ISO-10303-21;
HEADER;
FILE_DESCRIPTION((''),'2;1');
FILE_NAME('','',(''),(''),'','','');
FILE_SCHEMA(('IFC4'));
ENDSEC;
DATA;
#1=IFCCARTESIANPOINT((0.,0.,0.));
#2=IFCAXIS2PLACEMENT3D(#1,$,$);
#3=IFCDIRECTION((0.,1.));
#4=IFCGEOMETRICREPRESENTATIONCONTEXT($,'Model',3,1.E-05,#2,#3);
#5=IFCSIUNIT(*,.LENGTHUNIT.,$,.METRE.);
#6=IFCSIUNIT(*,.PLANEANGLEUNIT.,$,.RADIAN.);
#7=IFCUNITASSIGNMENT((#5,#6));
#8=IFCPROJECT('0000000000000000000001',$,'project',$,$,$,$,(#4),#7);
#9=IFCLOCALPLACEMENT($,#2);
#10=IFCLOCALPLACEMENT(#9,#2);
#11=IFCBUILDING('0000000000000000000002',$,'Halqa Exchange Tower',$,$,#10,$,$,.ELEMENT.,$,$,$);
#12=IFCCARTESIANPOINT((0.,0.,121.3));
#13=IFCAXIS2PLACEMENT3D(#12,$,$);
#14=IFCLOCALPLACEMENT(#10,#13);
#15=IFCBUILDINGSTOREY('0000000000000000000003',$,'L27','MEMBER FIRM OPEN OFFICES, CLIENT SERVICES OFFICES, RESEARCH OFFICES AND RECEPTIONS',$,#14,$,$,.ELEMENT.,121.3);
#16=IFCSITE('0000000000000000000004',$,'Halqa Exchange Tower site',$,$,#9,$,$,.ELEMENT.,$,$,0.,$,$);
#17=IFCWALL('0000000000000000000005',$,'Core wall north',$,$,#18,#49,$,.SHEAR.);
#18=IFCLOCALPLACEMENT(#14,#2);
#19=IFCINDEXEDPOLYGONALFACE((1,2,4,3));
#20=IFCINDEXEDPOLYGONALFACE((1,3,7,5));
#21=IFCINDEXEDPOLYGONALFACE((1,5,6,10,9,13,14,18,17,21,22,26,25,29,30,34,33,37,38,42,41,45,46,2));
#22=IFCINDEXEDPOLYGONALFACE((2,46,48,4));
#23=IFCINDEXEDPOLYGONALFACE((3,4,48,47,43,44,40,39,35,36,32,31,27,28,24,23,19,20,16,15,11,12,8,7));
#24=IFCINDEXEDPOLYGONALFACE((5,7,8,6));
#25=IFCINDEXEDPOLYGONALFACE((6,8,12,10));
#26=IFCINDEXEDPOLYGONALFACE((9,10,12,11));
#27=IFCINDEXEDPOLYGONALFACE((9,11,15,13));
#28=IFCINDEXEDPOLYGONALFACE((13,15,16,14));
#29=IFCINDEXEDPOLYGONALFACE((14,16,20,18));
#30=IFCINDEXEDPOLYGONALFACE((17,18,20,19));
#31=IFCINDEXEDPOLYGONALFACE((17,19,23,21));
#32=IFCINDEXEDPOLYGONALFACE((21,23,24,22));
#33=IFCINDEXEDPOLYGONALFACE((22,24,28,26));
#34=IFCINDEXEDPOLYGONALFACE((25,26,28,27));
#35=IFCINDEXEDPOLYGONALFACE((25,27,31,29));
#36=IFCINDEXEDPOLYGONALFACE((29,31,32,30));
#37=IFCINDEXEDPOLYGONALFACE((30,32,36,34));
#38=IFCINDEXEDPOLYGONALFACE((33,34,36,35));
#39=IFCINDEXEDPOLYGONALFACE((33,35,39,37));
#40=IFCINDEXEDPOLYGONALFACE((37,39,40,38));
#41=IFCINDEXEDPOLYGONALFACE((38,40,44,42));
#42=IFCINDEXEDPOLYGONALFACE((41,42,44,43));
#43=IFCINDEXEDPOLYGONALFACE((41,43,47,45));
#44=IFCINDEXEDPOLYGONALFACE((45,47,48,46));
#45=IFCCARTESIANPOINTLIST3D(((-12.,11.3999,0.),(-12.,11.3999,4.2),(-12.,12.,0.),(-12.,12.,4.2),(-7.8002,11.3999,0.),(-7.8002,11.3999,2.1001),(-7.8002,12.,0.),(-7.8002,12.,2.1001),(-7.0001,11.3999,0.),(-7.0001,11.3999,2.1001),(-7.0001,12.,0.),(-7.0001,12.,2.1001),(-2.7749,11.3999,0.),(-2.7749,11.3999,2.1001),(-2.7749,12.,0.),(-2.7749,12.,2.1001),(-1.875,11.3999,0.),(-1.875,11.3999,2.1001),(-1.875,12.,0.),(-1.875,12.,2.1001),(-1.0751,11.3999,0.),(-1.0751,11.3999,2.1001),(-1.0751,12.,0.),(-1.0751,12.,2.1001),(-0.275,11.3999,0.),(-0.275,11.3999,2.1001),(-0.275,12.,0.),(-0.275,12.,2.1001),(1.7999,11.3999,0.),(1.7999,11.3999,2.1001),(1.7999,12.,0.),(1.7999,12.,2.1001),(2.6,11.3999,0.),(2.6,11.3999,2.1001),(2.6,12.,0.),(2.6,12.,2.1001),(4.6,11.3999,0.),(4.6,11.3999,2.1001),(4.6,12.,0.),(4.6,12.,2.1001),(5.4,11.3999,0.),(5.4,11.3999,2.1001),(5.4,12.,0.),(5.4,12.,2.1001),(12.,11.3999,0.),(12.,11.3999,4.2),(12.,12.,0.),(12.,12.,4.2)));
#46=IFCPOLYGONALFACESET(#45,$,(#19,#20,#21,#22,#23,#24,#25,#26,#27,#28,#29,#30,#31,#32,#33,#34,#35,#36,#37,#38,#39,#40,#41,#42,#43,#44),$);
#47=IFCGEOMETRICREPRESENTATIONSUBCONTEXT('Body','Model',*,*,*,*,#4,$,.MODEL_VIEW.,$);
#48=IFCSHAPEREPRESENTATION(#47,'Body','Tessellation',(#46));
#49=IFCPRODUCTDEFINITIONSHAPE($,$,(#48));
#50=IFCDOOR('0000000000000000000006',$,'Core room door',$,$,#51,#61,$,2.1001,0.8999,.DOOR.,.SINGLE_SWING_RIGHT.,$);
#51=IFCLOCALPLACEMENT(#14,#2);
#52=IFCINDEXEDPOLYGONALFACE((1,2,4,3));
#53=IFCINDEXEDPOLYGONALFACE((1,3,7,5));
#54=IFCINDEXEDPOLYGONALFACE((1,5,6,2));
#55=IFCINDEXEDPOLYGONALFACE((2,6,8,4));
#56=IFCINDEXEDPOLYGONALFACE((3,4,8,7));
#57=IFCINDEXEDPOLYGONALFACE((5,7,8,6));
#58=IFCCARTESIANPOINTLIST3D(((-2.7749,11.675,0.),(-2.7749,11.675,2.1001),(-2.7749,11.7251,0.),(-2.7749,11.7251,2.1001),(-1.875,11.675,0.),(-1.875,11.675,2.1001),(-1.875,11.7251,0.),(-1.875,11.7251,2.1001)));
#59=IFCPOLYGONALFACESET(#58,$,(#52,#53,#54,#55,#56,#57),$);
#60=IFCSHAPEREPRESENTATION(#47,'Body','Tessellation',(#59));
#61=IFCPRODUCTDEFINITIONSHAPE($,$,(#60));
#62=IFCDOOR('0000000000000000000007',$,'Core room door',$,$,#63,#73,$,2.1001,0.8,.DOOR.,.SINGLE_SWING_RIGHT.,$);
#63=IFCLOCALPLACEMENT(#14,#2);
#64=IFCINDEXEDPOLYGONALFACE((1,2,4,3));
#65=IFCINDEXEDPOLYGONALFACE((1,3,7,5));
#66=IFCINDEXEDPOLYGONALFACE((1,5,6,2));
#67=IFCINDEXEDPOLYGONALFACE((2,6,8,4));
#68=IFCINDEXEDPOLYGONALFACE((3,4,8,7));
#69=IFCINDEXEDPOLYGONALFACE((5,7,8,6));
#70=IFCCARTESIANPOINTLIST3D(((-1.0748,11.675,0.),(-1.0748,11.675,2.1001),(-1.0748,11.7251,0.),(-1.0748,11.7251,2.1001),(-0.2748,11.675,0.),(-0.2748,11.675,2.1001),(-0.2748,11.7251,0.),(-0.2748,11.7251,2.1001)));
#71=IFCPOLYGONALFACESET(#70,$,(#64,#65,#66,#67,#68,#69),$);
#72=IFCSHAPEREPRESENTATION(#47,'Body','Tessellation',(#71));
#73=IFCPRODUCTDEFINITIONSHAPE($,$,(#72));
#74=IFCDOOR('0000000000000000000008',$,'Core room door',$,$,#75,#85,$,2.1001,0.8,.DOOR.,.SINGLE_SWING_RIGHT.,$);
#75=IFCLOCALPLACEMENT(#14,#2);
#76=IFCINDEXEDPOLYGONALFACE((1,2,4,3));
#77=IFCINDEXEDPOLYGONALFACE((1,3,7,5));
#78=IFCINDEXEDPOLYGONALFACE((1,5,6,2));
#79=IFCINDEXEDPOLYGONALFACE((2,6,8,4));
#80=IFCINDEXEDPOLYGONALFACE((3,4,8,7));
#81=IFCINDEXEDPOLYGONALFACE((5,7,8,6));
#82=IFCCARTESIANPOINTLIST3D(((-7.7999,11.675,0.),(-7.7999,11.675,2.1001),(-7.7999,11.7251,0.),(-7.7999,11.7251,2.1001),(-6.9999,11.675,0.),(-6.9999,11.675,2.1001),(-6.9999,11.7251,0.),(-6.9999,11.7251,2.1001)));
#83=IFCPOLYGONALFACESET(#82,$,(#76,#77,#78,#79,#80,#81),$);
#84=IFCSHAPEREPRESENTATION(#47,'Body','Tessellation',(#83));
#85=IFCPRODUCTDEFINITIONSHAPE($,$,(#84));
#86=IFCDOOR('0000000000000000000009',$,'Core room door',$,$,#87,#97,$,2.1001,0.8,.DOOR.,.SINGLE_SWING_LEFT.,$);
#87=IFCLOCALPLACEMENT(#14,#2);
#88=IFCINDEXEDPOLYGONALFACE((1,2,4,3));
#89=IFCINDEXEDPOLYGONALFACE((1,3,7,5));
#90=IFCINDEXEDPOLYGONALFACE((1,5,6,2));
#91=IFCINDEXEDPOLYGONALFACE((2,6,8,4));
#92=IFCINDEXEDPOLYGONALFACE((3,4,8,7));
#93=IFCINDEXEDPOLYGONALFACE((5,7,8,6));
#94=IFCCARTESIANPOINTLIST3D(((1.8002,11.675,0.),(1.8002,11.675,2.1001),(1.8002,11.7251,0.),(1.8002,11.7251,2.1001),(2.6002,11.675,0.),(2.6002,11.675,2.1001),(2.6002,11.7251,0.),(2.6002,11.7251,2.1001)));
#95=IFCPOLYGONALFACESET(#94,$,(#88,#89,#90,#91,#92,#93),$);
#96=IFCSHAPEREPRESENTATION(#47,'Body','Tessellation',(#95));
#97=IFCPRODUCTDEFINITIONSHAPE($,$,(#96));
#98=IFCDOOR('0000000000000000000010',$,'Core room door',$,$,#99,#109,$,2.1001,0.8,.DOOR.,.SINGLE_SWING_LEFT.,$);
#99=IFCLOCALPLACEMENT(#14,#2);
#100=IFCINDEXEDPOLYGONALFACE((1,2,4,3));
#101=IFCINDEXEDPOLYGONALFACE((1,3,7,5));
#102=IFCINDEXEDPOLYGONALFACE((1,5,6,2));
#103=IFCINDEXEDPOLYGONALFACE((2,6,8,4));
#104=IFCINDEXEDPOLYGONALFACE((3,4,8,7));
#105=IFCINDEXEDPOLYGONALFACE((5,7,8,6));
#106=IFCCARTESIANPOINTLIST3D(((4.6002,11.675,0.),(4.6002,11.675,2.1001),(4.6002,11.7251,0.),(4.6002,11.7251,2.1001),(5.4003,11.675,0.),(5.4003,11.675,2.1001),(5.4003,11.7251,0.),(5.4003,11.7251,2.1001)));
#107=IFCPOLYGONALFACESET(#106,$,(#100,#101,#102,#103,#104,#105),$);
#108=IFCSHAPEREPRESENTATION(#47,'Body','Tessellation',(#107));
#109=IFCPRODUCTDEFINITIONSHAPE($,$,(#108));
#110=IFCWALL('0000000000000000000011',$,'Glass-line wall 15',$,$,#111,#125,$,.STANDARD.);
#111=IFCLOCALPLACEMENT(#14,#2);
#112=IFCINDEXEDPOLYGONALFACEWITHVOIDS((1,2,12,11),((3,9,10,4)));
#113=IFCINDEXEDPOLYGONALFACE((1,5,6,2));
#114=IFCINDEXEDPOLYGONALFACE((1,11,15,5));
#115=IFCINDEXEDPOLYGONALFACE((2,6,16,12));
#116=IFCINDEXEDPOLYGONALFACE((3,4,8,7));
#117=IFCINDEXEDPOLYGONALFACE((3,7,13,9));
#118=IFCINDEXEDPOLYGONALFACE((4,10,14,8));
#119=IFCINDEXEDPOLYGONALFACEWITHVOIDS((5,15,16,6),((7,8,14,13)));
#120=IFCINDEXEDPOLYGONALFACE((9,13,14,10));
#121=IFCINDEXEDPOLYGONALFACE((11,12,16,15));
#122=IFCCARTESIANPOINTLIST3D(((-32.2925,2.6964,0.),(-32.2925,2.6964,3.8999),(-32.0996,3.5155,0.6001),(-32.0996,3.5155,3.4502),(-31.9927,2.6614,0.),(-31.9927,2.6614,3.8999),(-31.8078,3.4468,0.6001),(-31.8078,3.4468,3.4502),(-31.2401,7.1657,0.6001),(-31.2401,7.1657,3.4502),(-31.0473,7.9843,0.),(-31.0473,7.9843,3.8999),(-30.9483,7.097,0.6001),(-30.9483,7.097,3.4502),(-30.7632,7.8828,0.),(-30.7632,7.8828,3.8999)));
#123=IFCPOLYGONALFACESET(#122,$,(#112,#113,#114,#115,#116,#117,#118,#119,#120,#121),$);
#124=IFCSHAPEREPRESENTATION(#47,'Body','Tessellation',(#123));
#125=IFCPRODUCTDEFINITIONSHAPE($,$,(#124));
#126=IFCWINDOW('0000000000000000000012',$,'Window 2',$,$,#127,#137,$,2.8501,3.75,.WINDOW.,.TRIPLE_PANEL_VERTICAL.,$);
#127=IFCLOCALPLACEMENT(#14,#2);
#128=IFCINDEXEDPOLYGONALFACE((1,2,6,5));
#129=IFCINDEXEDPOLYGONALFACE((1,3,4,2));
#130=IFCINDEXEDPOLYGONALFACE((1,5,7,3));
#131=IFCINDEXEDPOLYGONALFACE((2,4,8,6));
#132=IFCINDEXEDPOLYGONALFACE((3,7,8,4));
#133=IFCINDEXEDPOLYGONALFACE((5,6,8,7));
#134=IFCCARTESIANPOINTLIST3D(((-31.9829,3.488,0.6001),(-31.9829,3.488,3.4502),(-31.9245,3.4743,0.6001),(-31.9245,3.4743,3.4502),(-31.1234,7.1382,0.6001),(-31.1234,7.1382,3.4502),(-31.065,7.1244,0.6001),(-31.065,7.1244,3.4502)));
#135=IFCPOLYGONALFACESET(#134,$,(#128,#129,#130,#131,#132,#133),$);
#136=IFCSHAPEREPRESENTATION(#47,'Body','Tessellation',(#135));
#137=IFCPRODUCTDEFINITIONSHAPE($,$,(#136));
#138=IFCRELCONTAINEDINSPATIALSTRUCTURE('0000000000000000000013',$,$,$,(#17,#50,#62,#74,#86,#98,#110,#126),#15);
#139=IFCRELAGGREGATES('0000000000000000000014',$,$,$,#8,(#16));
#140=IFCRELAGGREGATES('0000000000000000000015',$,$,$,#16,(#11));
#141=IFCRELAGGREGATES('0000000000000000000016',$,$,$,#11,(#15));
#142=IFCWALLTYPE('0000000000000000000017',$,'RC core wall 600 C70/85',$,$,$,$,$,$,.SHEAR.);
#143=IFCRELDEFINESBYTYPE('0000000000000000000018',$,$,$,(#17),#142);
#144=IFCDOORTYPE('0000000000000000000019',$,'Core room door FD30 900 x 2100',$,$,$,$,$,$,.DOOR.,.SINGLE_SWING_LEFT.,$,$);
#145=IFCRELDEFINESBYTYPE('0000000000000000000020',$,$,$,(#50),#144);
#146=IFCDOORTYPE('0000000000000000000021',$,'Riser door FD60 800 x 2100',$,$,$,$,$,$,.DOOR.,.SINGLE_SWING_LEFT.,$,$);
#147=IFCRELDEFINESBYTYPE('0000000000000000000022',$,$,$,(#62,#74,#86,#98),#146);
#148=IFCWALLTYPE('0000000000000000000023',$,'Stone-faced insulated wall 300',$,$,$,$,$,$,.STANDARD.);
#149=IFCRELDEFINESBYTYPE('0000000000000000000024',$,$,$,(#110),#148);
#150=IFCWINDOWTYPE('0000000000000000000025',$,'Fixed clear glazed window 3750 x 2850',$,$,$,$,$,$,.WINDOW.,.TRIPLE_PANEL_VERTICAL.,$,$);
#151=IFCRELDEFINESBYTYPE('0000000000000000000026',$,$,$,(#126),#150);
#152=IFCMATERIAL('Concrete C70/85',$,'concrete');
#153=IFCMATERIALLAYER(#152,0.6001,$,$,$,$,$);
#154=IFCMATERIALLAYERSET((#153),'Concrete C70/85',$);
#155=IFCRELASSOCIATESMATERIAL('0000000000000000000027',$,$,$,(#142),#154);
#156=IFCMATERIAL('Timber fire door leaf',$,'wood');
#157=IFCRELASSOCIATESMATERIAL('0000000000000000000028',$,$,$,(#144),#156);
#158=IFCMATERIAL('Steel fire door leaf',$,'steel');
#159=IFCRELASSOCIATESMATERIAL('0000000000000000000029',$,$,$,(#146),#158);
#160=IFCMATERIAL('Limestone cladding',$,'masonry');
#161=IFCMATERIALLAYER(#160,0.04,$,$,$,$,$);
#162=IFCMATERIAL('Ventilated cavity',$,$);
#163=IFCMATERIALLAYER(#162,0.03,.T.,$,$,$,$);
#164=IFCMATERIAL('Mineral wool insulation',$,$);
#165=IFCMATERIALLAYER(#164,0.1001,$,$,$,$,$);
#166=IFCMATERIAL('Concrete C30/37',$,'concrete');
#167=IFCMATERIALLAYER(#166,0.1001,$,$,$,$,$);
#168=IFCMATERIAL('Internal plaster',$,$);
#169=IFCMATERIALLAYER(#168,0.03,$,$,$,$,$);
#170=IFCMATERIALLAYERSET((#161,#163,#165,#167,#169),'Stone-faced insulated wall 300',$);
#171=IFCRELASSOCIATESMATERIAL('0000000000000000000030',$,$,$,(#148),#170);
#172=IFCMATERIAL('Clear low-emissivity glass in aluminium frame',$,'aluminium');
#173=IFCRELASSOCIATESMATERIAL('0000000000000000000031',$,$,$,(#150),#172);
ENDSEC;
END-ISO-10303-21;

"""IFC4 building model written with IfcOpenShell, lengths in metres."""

from ifc_helpers import new_model, si_unit, direction, frame, frame_2d, origin, place, context, subcontext, project, spatial, polyline, rectangle, outline, extrude, material, layer, layer_set, type_object, element, fill, save


model = new_model("IFC4")

# Units and contexts
model_context = context("Model", 3, precision=1e-05, world=origin(), true_north=direction((0.0, 1.0)))
body_context = subcontext(model_context, "Body", "Model", "MODEL_VIEW")
ifc_project = project(units=[si_unit("LENGTHUNIT", "METRE"), si_unit("PLANEANGLEUNIT", "RADIAN")], contexts=[model_context])

# Site, building, storey
site_placement = place(None, origin())
site = spatial("IfcSite", under=ifc_project, at=site_placement, Name="Halqa Exchange Tower site", CompositionType="ELEMENT", RefElevation=0.0)
building_placement = place(site_placement, origin())
building = spatial("IfcBuilding", under=site, at=building_placement, Name="Halqa Exchange Tower", CompositionType="ELEMENT")
storey_placement = place(building_placement, frame((0.0, 0.0, 121.3)))
storey = spatial("IfcBuildingStorey", under=building, at=storey_placement, Name="L27", Description="MEMBER FIRM OPEN OFFICES, CLIENT SERVICES OFFICES, RESEARCH OFFICES AND RECEPTIONS", CompositionType="ELEMENT", Elevation=121.3)

# Shared definitions
ifc_material_1 = material(Name="Concrete C70/85", Category="concrete")

# Wall, openings, doors
ifc_layer_1 = layer(ifc_material_1, 0.6001)
ifc_layer_set_1 = layer_set([ifc_layer_1], Name="Concrete C70/85")
wall_type_1 = type_object("IfcWallType", Name="RC core wall 600 C70/85", PredefinedType="SHEAR", material=ifc_layer_set_1)
wall_1_placement = place(storey_placement, frame((-12.0, 11.7, 0.0), z_axis=(0.0, 0.0, 1.0), x_axis=(1.0, 0.0, 0.0)))
wall_1 = element("IfcWall", 1, at=wall_1_placement, inside=storey, type_object=wall_type_1, Name="Core wall north", PredefinedType="SHEAR", context=body_context, shape_type="SweptSolid", body=[
    extrude(rectangle(XDim=24.0, YDim=0.6001, at=frame_2d((12.0, 0.0))), origin(), (0.0, 0.0, 1.0), 4.2),
])
opening_1_placement = place(wall_1_placement, frame((9.2251, 0.0, 0.0)))
opening_1 = element("IfcOpeningElement", 2, at=opening_1_placement, cuts=wall_1, PredefinedType="OPENING", context=body_context, shape_type="SweptSolid", body=[
    extrude(rectangle(XDim=0.8999, YDim=2.1001, at=frame_2d((0.45, 1.05))), frame((0.0, 0.312, 0.0), z_axis=(0.0, -1.0, 0.0), x_axis=(1.0, 0.0, 0.0)), (0.0, 0.0, 1.0), 0.624),
])
opening_2_placement = place(wall_1_placement, frame((10.925, 0.0, 0.0)))
opening_2 = element("IfcOpeningElement", 3, at=opening_2_placement, cuts=wall_1, PredefinedType="OPENING", context=body_context, shape_type="SweptSolid", body=[
    extrude(rectangle(XDim=0.8, YDim=2.1001, at=frame_2d((0.3999, 1.05))), frame((0.0, 0.312, 0.0), z_axis=(0.0, -1.0, 0.0), x_axis=(1.0, 0.0, 0.0)), (0.0, 0.0, 1.0), 0.624),
])
opening_3_placement = place(wall_1_placement, frame((4.2, 0.0, 0.0)))
opening_3 = element("IfcOpeningElement", 4, at=opening_3_placement, cuts=wall_1, PredefinedType="OPENING", context=body_context, shape_type="SweptSolid", body=[
    extrude(rectangle(XDim=0.8, YDim=2.1001, at=frame_2d((0.3999, 1.05))), frame((0.0, 0.312, 0.0), z_axis=(0.0, -1.0, 0.0), x_axis=(1.0, 0.0, 0.0)), (0.0, 0.0, 1.0), 0.624),
])
opening_4_placement = place(wall_1_placement, frame((13.8, 0.0, 0.0)))
opening_4 = element("IfcOpeningElement", 5, at=opening_4_placement, cuts=wall_1, PredefinedType="OPENING", context=body_context, shape_type="SweptSolid", body=[
    extrude(rectangle(XDim=0.8, YDim=2.1001, at=frame_2d((0.3999, 1.05))), frame((0.0, 0.312, 0.0), z_axis=(0.0, -1.0, 0.0), x_axis=(1.0, 0.0, 0.0)), (0.0, 0.0, 1.0), 0.624),
])
opening_5_placement = place(wall_1_placement, frame((16.6001, 0.0, 0.0)))
opening_5 = element("IfcOpeningElement", 6, at=opening_5_placement, cuts=wall_1, PredefinedType="OPENING", context=body_context, shape_type="SweptSolid", body=[
    extrude(rectangle(XDim=0.8, YDim=2.1001, at=frame_2d((0.3999, 1.05))), frame((0.0, 0.312, 0.0), z_axis=(0.0, -1.0, 0.0), x_axis=(1.0, 0.0, 0.0)), (0.0, 0.0, 1.0), 0.624),
])
ifc_material_2 = material(Name="Timber fire door leaf", Category="wood")
door_type_1 = type_object("IfcDoorType", Name="Core room door FD30 900 x 2100", OperationType="SINGLE_SWING_LEFT", PredefinedType="DOOR", material=ifc_material_2)
door_1_placement = place(opening_1_placement, frame((0.8999, 0.0, 0.0), z_axis=(0.0, 0.0, 1.0), x_axis=(-1.0, 0.0, 0.0)))
door_1 = element("IfcDoor", 7, at=door_1_placement, inside=storey, type_object=door_type_1, Name="Core room door", OperationType="SINGLE_SWING_RIGHT", OverallHeight=2.1001, OverallWidth=0.8999, PredefinedType="DOOR", context=body_context, shape_type="SweptSolid", body=[
    extrude(rectangle(XDim=0.8999, YDim=2.1001, at=frame_2d((0.45, 1.05))), frame((0.0, 0.0249, 0.0), z_axis=(0.0, -1.0, 0.0), x_axis=(1.0, 0.0, 0.0)), (0.0, 0.0, 1.0), 0.05),
])
fill(opening_1, door_1)
ifc_material_3 = material(Name="Steel fire door leaf", Category="steel")
door_type_2 = type_object("IfcDoorType", Name="Riser door FD60 800 x 2100", OperationType="SINGLE_SWING_LEFT", PredefinedType="DOOR", material=ifc_material_3)
door_2_placement = place(opening_2_placement, frame((0.8, 0.0, 0.0), z_axis=(0.0, 0.0, 1.0), x_axis=(-1.0, 0.0, 0.0)))
door_2 = element("IfcDoor", 8, at=door_2_placement, inside=storey, type_object=door_type_2, Name="Core room door", OperationType="SINGLE_SWING_RIGHT", OverallHeight=2.1001, OverallWidth=0.8, PredefinedType="DOOR", context=body_context, shape_type="SweptSolid", body=[
    extrude(rectangle(XDim=0.8, YDim=2.1001, at=frame_2d((0.3999, 1.05))), frame((0.0, 0.0249, 0.0), z_axis=(0.0, -1.0, 0.0), x_axis=(1.0, 0.0, 0.0)), (0.0, 0.0, 1.0), 0.05),
])
fill(opening_2, door_2)
door_3_placement = place(opening_3_placement, frame((0.8, 0.0, 0.0), z_axis=(0.0, 0.0, 1.0), x_axis=(-1.0, 0.0, 0.0)))
door_3 = element("IfcDoor", 9, at=door_3_placement, inside=storey, type_object=door_type_2, Name="Core room door", OperationType="SINGLE_SWING_RIGHT", OverallHeight=2.1001, OverallWidth=0.8, PredefinedType="DOOR", context=body_context, shape_type="SweptSolid", body=[
    extrude(rectangle(XDim=0.8, YDim=2.1001, at=frame_2d((0.3999, 1.05))), frame((0.0, 0.0249, 0.0), z_axis=(0.0, -1.0, 0.0), x_axis=(1.0, 0.0, 0.0)), (0.0, 0.0, 1.0), 0.05),
])
fill(opening_3, door_3)
door_4_placement = place(opening_4_placement, frame((0.8, 0.0, 0.0), z_axis=(0.0, 0.0, 1.0), x_axis=(-1.0, 0.0, 0.0)))
door_4 = element("IfcDoor", 10, at=door_4_placement, inside=storey, type_object=door_type_2, Name="Core room door", OperationType="SINGLE_SWING_LEFT", OverallHeight=2.1001, OverallWidth=0.8, PredefinedType="DOOR", context=body_context, shape_type="SweptSolid", body=[
    extrude(rectangle(XDim=0.8, YDim=2.1001, at=frame_2d((0.3999, 1.05))), frame((0.0, 0.0249, 0.0), z_axis=(0.0, -1.0, 0.0), x_axis=(1.0, 0.0, 0.0)), (0.0, 0.0, 1.0), 0.05),
])
fill(opening_4, door_4)
door_5_placement = place(opening_5_placement, frame((0.8, 0.0, 0.0), z_axis=(0.0, 0.0, 1.0), x_axis=(-1.0, 0.0, 0.0)))
door_5 = element("IfcDoor", 11, at=door_5_placement, inside=storey, type_object=door_type_2, Name="Core room door", OperationType="SINGLE_SWING_LEFT", OverallHeight=2.1001, OverallWidth=0.8, PredefinedType="DOOR", context=body_context, shape_type="SweptSolid", body=[
    extrude(rectangle(XDim=0.8, YDim=2.1001, at=frame_2d((0.3999, 1.05))), frame((0.0, 0.0249, 0.0), z_axis=(0.0, -1.0, 0.0), x_axis=(1.0, 0.0, 0.0)), (0.0, 0.0, 1.0), 0.05),
])
fill(opening_5, door_5)

# Wall, opening, window
ifc_material_4 = material(Name="Limestone cladding", Category="masonry")
ifc_layer_2 = layer(ifc_material_4, 0.04)
ifc_material_5 = material(Name="Ventilated cavity")
ifc_layer_3 = layer(ifc_material_5, 0.03, ventilated=True)
ifc_material_6 = material(Name="Mineral wool insulation")
ifc_layer_4 = layer(ifc_material_6, 0.1001)
ifc_material_7 = material(Name="Concrete C30/37", Category="concrete")
ifc_layer_5 = layer(ifc_material_7, 0.1001)
ifc_material_8 = material(Name="Internal plaster")
ifc_layer_6 = layer(ifc_material_8, 0.03)
ifc_layer_set_2 = layer_set([ifc_layer_2, ifc_layer_3, ifc_layer_4, ifc_layer_5, ifc_layer_6], Name="Stone-faced insulated wall 300")
wall_type_2 = type_object("IfcWallType", Name="Stone-faced insulated wall 300", PredefinedType="STANDARD", material=ifc_layer_set_2)
wall_2_placement = place(storey_placement, frame((-30.9053, 7.9336, 0.0), z_axis=(0.0, 0.0, 1.0), x_axis=(-0.229201, -0.973379, 0.0)))
wall_2 = element("IfcWall", 12, at=wall_2_placement, inside=storey, type_object=wall_type_2, Name="Glass-line wall 15", PredefinedType="STANDARD", context=body_context, shape_type="SweptSolid", body=[
    extrude(outline(polyline([(-0.0168, -0.1499), (5.4158, -0.1499), (5.3811, 0.1499), (0.0168, 0.1499), (-0.0168, -0.1499)])), origin(), (0.0, 0.0, 1.0), 3.8999),
])
opening_6_placement = place(wall_2_placement, frame((0.8242, 0.0, 0.6001)))
opening_6 = element("IfcOpeningElement", 13, at=opening_6_placement, cuts=wall_2, PredefinedType="OPENING", context=body_context, shape_type="SweptSolid", body=[
    extrude(rectangle(XDim=3.75, YDim=2.8501, at=frame_2d((1.875, 1.425))), frame((0.0, 0.1621, 0.0), z_axis=(0.0, -1.0, 0.0), x_axis=(1.0, 0.0, 0.0)), (0.0, 0.0, 1.0), 0.324),
])
ifc_material_9 = material(Name="Clear low-emissivity glass in aluminium frame", Category="aluminium")
window_type = type_object("IfcWindowType", Name="Fixed clear glazed window 3750 x 2850", PartitioningType="TRIPLE_PANEL_VERTICAL", PredefinedType="WINDOW", material=ifc_material_9)
window_placement = place(opening_6_placement, origin())
window = element("IfcWindow", 14, at=window_placement, inside=storey, type_object=window_type, Name="Window 2", OverallHeight=2.8501, OverallWidth=3.75, PartitioningType="TRIPLE_PANEL_VERTICAL", PredefinedType="WINDOW", context=body_context, shape_type="SweptSolid", body=[
    extrude(rectangle(XDim=3.75, YDim=2.8501, at=frame_2d((1.875, 1.425))), frame((0.0, 0.03, 0.0), z_axis=(0.0, -1.0, 0.0), x_axis=(1.0, 0.0, 0.0)), (0.0, 0.0, 1.0), 0.0601),
])
fill(opening_6, window)

save(model, "model.ifc")
